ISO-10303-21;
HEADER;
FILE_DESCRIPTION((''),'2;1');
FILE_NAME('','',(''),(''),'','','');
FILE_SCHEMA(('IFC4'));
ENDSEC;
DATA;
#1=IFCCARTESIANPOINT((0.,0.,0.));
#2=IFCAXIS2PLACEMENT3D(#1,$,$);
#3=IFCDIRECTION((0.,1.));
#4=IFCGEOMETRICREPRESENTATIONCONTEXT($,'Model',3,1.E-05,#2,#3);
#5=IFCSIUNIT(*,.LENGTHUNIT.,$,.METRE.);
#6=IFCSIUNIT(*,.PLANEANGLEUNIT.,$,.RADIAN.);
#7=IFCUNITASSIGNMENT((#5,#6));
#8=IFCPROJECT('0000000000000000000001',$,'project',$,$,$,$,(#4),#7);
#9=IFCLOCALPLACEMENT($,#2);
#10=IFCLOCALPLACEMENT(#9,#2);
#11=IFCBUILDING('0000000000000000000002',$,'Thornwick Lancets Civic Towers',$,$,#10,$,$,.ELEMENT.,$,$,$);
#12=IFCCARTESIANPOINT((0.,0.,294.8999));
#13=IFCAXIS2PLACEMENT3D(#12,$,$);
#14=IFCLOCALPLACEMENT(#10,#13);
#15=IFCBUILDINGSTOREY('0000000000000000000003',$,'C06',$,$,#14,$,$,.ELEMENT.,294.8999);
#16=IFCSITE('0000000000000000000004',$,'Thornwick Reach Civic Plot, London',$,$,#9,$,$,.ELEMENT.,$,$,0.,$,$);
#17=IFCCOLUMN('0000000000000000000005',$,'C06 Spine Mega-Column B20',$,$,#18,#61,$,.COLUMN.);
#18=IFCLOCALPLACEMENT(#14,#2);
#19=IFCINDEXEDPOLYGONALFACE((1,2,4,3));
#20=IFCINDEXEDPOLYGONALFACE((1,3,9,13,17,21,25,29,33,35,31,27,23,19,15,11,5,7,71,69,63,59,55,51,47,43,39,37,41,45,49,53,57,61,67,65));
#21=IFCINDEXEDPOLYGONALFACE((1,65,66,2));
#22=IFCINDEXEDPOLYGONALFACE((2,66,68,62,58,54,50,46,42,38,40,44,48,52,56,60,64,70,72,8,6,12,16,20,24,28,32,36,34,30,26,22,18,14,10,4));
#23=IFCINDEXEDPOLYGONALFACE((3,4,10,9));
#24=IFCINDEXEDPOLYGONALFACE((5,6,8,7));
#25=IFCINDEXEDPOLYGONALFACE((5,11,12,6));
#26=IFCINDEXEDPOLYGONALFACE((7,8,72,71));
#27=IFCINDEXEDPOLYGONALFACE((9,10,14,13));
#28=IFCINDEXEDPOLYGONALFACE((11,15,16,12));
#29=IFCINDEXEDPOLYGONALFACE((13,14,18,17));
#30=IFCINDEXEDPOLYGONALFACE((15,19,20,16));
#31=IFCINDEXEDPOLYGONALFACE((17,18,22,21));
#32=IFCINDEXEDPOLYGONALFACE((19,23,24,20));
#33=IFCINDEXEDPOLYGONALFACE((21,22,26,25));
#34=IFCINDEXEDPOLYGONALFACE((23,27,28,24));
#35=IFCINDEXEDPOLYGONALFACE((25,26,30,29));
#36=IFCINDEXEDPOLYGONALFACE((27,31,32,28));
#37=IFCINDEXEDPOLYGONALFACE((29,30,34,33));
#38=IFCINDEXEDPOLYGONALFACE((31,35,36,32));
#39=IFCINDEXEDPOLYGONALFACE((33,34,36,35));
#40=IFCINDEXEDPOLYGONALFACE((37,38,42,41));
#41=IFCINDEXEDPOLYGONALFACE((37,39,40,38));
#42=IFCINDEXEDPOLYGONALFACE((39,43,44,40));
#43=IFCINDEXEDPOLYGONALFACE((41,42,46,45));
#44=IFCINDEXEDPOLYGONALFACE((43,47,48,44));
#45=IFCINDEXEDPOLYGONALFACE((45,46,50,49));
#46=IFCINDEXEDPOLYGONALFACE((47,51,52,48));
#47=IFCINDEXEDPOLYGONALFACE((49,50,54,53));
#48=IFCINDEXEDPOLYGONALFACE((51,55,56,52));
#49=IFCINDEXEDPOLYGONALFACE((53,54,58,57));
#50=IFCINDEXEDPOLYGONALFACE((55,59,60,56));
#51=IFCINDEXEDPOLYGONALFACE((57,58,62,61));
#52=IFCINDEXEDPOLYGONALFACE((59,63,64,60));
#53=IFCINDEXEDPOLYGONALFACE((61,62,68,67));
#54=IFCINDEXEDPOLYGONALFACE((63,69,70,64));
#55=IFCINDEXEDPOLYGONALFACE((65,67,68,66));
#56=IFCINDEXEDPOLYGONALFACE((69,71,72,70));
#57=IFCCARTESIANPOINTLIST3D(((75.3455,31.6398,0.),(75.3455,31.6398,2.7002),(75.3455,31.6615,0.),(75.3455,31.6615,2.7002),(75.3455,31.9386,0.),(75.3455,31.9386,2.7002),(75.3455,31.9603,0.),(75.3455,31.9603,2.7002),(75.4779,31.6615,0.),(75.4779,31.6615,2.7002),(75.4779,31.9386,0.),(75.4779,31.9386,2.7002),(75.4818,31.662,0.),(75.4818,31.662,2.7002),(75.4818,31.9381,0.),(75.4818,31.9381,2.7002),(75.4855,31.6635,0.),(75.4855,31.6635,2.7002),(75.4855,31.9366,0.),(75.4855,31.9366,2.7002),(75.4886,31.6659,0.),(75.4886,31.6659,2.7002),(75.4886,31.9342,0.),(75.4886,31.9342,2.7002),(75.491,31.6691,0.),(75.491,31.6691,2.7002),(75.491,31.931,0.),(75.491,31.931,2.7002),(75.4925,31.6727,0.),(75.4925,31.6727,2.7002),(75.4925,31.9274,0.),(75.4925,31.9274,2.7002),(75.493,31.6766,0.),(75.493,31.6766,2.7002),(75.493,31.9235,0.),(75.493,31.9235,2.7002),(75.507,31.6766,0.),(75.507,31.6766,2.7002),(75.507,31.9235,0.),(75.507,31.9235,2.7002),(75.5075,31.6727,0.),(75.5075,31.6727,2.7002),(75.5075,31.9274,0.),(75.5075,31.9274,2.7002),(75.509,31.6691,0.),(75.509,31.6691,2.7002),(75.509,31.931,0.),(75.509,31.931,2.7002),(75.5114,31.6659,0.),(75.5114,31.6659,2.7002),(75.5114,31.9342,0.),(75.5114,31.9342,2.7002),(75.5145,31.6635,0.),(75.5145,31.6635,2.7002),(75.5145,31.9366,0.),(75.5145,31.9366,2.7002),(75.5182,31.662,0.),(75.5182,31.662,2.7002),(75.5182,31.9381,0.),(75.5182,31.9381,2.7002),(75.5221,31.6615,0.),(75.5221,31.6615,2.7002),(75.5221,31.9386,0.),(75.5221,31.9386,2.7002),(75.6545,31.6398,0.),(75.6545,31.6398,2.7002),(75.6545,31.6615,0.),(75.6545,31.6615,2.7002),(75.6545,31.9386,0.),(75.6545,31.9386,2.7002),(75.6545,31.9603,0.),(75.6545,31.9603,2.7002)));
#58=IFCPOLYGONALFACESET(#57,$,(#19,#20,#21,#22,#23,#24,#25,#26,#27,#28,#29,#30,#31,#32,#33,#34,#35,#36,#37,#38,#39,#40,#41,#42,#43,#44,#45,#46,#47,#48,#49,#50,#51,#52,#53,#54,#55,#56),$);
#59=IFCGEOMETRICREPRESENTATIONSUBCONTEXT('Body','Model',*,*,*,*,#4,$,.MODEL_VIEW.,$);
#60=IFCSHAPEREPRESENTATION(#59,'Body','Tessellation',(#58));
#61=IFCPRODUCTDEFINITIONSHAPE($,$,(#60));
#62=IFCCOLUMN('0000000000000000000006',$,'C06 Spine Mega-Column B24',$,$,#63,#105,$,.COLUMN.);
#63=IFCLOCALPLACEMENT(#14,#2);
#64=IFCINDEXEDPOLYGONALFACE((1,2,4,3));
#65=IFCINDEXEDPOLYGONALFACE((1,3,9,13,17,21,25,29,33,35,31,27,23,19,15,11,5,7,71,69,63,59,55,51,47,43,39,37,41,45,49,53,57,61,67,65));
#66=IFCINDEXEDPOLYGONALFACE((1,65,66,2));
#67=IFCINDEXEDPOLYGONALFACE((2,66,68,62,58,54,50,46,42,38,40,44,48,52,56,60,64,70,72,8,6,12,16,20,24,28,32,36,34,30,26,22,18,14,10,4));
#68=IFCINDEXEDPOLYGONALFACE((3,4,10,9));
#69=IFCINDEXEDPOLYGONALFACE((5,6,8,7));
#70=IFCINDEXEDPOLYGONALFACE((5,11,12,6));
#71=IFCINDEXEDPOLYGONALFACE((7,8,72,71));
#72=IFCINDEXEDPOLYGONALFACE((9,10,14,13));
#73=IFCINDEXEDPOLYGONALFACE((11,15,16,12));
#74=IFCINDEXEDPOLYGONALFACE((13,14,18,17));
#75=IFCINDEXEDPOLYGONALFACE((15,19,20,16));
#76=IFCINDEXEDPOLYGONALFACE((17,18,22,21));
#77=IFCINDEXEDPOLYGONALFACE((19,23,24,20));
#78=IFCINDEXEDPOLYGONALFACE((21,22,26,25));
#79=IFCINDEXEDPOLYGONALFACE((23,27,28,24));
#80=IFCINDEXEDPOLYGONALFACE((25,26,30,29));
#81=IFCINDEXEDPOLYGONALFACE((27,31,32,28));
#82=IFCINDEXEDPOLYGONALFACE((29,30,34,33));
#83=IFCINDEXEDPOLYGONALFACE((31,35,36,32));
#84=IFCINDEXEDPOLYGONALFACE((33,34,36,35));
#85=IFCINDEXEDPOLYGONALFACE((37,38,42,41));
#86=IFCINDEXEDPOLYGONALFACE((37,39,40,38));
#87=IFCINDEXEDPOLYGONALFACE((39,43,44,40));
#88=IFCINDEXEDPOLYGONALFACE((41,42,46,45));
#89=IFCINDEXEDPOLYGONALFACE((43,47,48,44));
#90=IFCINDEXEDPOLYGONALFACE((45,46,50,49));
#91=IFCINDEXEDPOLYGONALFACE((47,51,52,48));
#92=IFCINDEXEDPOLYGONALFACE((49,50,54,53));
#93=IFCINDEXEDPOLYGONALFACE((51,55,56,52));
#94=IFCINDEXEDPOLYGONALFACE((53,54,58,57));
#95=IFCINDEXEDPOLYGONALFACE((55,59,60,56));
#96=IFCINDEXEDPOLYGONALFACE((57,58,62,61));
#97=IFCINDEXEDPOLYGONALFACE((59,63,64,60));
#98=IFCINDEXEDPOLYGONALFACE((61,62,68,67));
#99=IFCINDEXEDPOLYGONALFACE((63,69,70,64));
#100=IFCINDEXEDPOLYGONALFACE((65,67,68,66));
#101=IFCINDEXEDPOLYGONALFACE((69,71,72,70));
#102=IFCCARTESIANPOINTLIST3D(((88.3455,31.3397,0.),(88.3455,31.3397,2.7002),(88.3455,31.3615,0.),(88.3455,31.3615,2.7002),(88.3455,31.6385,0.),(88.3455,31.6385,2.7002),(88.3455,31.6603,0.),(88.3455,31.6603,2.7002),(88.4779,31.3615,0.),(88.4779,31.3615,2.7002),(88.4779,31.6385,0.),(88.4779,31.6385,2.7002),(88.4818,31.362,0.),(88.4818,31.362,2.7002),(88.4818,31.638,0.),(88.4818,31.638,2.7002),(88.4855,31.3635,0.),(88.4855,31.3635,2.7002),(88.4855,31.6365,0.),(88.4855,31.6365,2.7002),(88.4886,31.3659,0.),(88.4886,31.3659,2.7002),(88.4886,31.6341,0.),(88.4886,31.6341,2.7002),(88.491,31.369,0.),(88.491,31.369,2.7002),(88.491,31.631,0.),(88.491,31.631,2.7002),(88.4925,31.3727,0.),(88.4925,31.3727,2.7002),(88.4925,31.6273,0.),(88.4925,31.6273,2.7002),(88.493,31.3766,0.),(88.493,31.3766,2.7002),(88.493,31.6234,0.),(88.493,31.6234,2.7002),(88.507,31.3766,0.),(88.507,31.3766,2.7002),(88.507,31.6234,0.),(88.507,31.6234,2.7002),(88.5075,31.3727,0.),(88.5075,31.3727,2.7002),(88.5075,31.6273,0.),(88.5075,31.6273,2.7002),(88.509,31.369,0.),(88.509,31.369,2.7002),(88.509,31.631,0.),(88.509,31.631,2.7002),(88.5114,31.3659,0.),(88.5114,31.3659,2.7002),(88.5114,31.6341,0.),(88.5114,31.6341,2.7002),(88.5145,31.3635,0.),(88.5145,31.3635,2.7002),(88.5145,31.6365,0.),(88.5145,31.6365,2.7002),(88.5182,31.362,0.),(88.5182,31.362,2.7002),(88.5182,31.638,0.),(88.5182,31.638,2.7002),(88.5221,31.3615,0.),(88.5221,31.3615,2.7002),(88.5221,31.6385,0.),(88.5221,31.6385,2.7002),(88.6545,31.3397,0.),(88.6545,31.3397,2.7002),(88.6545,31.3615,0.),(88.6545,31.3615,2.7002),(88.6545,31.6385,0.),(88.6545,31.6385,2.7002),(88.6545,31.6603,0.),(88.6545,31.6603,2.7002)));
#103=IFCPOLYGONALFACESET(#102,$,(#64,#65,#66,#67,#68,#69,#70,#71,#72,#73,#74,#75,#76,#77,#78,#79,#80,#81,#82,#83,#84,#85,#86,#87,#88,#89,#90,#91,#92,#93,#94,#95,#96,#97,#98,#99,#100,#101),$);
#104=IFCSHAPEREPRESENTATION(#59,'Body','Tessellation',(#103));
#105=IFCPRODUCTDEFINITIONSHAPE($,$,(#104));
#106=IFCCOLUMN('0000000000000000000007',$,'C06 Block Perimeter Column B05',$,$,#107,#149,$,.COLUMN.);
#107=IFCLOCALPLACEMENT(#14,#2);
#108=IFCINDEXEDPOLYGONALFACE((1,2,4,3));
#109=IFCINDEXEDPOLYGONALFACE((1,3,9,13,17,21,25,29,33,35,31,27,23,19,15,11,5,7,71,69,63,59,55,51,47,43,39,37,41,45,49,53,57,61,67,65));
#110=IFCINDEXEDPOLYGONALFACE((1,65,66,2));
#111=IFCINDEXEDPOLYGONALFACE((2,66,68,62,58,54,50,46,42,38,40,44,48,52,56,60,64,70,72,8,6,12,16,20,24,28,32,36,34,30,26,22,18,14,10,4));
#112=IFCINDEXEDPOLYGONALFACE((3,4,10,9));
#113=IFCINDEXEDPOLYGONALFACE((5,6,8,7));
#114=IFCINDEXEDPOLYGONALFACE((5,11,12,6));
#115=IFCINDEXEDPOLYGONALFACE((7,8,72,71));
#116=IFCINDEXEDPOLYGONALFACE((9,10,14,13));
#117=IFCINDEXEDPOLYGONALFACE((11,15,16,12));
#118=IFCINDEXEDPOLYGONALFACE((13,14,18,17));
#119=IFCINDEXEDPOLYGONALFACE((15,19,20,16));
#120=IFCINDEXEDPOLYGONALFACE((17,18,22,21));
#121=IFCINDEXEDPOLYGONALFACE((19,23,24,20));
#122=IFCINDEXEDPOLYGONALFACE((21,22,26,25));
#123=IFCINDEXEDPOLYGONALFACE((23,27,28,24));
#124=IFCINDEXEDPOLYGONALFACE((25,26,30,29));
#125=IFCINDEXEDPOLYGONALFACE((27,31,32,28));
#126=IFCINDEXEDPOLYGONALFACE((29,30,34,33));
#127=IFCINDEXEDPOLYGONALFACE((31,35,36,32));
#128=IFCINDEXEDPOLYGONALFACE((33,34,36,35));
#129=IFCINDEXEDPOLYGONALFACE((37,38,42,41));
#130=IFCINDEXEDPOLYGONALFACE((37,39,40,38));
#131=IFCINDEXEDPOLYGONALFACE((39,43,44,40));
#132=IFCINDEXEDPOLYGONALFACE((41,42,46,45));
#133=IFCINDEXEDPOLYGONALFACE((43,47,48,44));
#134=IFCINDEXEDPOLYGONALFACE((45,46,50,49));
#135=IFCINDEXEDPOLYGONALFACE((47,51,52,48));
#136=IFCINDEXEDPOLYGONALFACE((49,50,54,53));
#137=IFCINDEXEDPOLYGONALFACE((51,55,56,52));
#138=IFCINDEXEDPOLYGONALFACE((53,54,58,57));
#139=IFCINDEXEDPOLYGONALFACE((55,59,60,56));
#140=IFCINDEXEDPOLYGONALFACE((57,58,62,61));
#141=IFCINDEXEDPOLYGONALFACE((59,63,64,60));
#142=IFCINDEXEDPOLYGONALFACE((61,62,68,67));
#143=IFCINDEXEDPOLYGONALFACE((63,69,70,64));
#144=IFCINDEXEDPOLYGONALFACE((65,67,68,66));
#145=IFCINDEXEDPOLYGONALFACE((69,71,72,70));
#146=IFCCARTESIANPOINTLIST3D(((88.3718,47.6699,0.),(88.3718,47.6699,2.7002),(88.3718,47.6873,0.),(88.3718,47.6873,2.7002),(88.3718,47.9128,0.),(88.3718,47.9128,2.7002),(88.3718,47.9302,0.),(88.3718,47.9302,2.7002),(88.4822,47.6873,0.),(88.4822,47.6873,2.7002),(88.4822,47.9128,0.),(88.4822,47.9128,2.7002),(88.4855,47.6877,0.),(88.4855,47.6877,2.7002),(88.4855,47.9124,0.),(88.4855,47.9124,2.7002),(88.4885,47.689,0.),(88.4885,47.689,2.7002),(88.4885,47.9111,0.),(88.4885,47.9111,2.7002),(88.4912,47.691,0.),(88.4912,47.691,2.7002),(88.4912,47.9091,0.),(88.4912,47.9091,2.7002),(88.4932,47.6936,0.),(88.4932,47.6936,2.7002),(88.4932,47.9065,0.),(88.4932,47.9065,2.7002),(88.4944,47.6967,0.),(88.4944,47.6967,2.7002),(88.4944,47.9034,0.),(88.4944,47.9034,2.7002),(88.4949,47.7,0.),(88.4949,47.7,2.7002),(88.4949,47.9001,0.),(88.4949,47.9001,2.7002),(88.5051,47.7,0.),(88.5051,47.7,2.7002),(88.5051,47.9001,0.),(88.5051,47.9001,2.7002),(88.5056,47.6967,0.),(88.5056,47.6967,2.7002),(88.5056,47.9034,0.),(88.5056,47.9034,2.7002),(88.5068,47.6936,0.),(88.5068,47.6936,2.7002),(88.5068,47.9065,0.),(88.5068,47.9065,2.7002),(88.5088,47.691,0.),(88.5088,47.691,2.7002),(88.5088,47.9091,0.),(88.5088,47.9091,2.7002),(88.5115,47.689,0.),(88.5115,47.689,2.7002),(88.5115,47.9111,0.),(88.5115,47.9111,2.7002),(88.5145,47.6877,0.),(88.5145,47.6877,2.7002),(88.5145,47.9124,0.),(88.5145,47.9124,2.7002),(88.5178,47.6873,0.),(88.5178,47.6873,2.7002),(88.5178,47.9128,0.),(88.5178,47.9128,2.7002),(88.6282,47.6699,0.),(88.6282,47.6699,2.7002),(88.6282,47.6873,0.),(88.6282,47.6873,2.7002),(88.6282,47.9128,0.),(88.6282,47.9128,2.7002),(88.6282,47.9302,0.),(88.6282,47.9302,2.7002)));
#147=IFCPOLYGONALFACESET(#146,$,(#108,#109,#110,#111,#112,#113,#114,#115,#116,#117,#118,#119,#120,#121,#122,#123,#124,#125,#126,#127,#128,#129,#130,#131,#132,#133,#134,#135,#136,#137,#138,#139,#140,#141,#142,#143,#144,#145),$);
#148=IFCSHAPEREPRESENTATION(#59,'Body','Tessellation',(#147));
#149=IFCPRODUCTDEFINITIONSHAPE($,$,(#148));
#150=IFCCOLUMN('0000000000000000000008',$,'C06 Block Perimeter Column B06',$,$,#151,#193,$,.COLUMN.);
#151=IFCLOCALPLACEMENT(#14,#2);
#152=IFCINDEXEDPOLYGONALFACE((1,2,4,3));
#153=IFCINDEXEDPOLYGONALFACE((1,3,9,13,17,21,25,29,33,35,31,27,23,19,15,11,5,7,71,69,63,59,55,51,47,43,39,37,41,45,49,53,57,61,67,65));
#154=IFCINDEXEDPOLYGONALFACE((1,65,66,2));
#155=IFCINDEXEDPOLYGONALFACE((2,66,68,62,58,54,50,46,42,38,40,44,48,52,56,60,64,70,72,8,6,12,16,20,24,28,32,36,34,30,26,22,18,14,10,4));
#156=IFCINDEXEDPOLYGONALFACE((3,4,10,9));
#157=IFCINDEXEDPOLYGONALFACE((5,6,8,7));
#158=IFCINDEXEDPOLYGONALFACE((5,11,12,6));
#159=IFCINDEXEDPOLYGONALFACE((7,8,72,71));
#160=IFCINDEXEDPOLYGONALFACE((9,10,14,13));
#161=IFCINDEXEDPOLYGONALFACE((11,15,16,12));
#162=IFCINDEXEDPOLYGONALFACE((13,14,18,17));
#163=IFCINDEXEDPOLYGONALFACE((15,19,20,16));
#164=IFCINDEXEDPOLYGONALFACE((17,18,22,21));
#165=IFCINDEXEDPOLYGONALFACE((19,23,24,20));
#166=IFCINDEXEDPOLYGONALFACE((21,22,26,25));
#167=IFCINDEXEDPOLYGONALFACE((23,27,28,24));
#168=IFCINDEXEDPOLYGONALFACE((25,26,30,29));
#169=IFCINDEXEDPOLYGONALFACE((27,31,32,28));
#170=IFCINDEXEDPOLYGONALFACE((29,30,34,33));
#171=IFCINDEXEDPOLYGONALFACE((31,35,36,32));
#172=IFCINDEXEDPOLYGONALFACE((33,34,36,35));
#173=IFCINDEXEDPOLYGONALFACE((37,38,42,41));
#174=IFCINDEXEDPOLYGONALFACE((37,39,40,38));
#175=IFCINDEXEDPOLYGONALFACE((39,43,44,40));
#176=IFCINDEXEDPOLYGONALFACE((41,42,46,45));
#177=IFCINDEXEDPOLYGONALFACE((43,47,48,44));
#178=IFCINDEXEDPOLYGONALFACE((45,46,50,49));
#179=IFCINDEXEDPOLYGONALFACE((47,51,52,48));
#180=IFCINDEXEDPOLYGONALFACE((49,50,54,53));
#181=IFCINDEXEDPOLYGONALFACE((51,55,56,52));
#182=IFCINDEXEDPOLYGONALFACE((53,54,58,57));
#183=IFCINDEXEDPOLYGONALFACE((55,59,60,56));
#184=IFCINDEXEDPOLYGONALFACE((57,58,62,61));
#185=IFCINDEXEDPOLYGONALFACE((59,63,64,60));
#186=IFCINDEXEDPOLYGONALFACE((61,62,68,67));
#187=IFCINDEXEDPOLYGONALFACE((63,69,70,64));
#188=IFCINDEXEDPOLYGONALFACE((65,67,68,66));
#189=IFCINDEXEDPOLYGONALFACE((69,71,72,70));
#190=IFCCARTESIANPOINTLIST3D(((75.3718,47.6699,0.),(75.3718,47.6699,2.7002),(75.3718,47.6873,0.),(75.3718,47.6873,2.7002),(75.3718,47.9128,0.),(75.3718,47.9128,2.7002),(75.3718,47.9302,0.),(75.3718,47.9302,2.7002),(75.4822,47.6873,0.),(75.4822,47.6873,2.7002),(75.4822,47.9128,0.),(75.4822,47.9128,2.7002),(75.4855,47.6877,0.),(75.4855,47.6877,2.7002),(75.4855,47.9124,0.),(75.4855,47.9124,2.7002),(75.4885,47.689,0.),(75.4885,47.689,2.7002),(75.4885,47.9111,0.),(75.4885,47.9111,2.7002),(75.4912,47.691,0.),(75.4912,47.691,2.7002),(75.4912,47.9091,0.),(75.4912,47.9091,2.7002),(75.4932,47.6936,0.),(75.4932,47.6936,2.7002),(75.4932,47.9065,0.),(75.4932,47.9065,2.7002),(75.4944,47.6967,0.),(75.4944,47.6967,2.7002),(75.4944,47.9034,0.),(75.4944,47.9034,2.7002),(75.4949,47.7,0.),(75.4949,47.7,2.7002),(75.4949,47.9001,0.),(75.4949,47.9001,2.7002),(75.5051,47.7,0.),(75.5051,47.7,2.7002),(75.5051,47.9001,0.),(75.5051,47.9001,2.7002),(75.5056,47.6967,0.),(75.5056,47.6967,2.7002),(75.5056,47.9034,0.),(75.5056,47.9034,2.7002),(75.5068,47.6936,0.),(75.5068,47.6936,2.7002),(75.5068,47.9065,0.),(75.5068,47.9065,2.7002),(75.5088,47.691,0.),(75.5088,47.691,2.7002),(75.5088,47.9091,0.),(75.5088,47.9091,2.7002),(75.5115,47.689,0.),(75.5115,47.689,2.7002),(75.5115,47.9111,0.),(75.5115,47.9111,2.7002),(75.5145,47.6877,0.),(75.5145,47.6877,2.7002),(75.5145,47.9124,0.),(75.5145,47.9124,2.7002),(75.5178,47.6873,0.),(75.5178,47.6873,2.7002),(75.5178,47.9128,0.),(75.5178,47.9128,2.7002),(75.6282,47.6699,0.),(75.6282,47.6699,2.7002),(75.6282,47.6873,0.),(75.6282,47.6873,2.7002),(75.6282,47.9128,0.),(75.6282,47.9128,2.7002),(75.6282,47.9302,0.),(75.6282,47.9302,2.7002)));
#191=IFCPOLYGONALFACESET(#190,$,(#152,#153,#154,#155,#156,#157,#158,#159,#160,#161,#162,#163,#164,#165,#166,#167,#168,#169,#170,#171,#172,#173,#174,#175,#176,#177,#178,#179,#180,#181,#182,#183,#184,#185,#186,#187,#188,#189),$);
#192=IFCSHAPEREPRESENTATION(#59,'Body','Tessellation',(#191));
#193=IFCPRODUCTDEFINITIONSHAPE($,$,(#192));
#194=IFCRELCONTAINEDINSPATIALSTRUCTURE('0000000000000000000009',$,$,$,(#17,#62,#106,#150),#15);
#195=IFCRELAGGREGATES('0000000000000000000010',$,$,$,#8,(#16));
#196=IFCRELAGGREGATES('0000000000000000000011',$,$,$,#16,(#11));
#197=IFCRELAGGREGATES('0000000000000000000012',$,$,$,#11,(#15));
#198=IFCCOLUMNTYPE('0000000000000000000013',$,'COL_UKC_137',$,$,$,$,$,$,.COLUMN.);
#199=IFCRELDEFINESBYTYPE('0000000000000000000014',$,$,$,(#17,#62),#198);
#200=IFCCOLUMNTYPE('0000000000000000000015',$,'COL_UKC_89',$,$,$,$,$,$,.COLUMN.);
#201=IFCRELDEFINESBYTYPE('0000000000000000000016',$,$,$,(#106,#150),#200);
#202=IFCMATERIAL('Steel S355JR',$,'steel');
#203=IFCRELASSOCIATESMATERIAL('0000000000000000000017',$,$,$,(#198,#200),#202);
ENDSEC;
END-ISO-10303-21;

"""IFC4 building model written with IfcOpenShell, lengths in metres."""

from ifc_helpers import new_model, si_unit, direction, frame, origin, origin_2d, place, context, subcontext, project, spatial, i_section, extrude, material, material_profile, profile_set, type_object, element, save


model = new_model("IFC4")

# Units and contexts
model_context = context("Model", 3, precision=1e-05, world=origin(), true_north=direction((0.0, 1.0)))
body_context = subcontext(model_context, "Body", "Model", "MODEL_VIEW")
ifc_project = project(units=[si_unit("LENGTHUNIT", "METRE"), si_unit("PLANEANGLEUNIT", "RADIAN")], contexts=[model_context])

# Site, building, storey
site_placement = place(None, origin())
site = spatial("IfcSite", under=ifc_project, at=site_placement, Name="Thornwick Reach Civic Plot, London", CompositionType="ELEMENT", RefElevation=0.0)
building_placement = place(site_placement, origin())
building = spatial("IfcBuilding", under=site, at=building_placement, Name="Thornwick Lancets Civic Towers", CompositionType="ELEMENT")
storey_placement = place(building_placement, frame((0.0, 0.0, 294.8999)))
storey = spatial("IfcBuildingStorey", under=building, at=storey_placement, Name="C06", CompositionType="ELEMENT", Elevation=294.8999)

# Columns
ifc_material_1 = material(Name="Steel S355JR", Category="steel")
ifc_material_profile_1 = material_profile(ifc_material_1, i_section(OverallWidth=0.3091, OverallDepth=0.3206, WebThickness=0.0139, FlangeThickness=0.0217, FilletRadius=0.0151, at=origin_2d()), Name="UKC 305x305x137")
ifc_profile_set_1 = profile_set([ifc_material_profile_1], Name="Steel S355JR")
column_type_1 = type_object("IfcColumnType", Name="COL_UKC_137", PredefinedType="COLUMN", material=ifc_profile_set_1)
for number, where, z_axis, x_axis, name in (
    (1, (75.5, 31.8, 0.0), (0.0, 0.0, 1.0), (1.0, 0.0, 0.0), "C06 Spine Mega-Column B20"),
    (2, (88.5, 31.5, 0.0), (0.0, 0.0, 1.0), (1.0, 0.0, 0.0), "C06 Spine Mega-Column B24"),
):
    element("IfcColumn", number, at=place(storey_placement, frame(where, z_axis=z_axis, x_axis=x_axis)), inside=storey, type_object=column_type_1, Name=name, PredefinedType="COLUMN", context=body_context, shape_type="SweptSolid", body=[
        extrude(i_section(OverallWidth=0.3091, OverallDepth=0.3206, WebThickness=0.0139, FlangeThickness=0.0217, FilletRadius=0.0151, at=origin_2d()), origin(), (0.0, 0.0, 1.0), 2.7002),
    ])
ifc_material_profile_2 = material_profile(ifc_material_1, i_section(OverallWidth=0.2563, OverallDepth=0.2603, WebThickness=0.0103, FlangeThickness=0.0173, FilletRadius=0.0127, at=origin_2d()), Name="UKC 254x254x89")
ifc_profile_set_2 = profile_set([ifc_material_profile_2], Name="Steel S355JR")
column_type_2 = type_object("IfcColumnType", Name="COL_UKC_89", PredefinedType="COLUMN", material=ifc_profile_set_2)
for number, where, z_axis, x_axis, name in (
    (3, (88.5, 47.8, 0.0), (0.0, 0.0, 1.0), (1.0, 0.0, 0.0), "C06 Block Perimeter Column B05"),
    (4, (75.5, 47.8, 0.0), (0.0, 0.0, 1.0), (1.0, 0.0, 0.0), "C06 Block Perimeter Column B06"),
):
    element("IfcColumn", number, at=place(storey_placement, frame(where, z_axis=z_axis, x_axis=x_axis)), inside=storey, type_object=column_type_2, Name=name, PredefinedType="COLUMN", context=body_context, shape_type="SweptSolid", body=[
        extrude(i_section(OverallWidth=0.2563, OverallDepth=0.2603, WebThickness=0.0103, FlangeThickness=0.0173, FilletRadius=0.0127, at=origin_2d()), origin(), (0.0, 0.0, 1.0), 2.7002),
    ])

save(model, "model.ifc")
